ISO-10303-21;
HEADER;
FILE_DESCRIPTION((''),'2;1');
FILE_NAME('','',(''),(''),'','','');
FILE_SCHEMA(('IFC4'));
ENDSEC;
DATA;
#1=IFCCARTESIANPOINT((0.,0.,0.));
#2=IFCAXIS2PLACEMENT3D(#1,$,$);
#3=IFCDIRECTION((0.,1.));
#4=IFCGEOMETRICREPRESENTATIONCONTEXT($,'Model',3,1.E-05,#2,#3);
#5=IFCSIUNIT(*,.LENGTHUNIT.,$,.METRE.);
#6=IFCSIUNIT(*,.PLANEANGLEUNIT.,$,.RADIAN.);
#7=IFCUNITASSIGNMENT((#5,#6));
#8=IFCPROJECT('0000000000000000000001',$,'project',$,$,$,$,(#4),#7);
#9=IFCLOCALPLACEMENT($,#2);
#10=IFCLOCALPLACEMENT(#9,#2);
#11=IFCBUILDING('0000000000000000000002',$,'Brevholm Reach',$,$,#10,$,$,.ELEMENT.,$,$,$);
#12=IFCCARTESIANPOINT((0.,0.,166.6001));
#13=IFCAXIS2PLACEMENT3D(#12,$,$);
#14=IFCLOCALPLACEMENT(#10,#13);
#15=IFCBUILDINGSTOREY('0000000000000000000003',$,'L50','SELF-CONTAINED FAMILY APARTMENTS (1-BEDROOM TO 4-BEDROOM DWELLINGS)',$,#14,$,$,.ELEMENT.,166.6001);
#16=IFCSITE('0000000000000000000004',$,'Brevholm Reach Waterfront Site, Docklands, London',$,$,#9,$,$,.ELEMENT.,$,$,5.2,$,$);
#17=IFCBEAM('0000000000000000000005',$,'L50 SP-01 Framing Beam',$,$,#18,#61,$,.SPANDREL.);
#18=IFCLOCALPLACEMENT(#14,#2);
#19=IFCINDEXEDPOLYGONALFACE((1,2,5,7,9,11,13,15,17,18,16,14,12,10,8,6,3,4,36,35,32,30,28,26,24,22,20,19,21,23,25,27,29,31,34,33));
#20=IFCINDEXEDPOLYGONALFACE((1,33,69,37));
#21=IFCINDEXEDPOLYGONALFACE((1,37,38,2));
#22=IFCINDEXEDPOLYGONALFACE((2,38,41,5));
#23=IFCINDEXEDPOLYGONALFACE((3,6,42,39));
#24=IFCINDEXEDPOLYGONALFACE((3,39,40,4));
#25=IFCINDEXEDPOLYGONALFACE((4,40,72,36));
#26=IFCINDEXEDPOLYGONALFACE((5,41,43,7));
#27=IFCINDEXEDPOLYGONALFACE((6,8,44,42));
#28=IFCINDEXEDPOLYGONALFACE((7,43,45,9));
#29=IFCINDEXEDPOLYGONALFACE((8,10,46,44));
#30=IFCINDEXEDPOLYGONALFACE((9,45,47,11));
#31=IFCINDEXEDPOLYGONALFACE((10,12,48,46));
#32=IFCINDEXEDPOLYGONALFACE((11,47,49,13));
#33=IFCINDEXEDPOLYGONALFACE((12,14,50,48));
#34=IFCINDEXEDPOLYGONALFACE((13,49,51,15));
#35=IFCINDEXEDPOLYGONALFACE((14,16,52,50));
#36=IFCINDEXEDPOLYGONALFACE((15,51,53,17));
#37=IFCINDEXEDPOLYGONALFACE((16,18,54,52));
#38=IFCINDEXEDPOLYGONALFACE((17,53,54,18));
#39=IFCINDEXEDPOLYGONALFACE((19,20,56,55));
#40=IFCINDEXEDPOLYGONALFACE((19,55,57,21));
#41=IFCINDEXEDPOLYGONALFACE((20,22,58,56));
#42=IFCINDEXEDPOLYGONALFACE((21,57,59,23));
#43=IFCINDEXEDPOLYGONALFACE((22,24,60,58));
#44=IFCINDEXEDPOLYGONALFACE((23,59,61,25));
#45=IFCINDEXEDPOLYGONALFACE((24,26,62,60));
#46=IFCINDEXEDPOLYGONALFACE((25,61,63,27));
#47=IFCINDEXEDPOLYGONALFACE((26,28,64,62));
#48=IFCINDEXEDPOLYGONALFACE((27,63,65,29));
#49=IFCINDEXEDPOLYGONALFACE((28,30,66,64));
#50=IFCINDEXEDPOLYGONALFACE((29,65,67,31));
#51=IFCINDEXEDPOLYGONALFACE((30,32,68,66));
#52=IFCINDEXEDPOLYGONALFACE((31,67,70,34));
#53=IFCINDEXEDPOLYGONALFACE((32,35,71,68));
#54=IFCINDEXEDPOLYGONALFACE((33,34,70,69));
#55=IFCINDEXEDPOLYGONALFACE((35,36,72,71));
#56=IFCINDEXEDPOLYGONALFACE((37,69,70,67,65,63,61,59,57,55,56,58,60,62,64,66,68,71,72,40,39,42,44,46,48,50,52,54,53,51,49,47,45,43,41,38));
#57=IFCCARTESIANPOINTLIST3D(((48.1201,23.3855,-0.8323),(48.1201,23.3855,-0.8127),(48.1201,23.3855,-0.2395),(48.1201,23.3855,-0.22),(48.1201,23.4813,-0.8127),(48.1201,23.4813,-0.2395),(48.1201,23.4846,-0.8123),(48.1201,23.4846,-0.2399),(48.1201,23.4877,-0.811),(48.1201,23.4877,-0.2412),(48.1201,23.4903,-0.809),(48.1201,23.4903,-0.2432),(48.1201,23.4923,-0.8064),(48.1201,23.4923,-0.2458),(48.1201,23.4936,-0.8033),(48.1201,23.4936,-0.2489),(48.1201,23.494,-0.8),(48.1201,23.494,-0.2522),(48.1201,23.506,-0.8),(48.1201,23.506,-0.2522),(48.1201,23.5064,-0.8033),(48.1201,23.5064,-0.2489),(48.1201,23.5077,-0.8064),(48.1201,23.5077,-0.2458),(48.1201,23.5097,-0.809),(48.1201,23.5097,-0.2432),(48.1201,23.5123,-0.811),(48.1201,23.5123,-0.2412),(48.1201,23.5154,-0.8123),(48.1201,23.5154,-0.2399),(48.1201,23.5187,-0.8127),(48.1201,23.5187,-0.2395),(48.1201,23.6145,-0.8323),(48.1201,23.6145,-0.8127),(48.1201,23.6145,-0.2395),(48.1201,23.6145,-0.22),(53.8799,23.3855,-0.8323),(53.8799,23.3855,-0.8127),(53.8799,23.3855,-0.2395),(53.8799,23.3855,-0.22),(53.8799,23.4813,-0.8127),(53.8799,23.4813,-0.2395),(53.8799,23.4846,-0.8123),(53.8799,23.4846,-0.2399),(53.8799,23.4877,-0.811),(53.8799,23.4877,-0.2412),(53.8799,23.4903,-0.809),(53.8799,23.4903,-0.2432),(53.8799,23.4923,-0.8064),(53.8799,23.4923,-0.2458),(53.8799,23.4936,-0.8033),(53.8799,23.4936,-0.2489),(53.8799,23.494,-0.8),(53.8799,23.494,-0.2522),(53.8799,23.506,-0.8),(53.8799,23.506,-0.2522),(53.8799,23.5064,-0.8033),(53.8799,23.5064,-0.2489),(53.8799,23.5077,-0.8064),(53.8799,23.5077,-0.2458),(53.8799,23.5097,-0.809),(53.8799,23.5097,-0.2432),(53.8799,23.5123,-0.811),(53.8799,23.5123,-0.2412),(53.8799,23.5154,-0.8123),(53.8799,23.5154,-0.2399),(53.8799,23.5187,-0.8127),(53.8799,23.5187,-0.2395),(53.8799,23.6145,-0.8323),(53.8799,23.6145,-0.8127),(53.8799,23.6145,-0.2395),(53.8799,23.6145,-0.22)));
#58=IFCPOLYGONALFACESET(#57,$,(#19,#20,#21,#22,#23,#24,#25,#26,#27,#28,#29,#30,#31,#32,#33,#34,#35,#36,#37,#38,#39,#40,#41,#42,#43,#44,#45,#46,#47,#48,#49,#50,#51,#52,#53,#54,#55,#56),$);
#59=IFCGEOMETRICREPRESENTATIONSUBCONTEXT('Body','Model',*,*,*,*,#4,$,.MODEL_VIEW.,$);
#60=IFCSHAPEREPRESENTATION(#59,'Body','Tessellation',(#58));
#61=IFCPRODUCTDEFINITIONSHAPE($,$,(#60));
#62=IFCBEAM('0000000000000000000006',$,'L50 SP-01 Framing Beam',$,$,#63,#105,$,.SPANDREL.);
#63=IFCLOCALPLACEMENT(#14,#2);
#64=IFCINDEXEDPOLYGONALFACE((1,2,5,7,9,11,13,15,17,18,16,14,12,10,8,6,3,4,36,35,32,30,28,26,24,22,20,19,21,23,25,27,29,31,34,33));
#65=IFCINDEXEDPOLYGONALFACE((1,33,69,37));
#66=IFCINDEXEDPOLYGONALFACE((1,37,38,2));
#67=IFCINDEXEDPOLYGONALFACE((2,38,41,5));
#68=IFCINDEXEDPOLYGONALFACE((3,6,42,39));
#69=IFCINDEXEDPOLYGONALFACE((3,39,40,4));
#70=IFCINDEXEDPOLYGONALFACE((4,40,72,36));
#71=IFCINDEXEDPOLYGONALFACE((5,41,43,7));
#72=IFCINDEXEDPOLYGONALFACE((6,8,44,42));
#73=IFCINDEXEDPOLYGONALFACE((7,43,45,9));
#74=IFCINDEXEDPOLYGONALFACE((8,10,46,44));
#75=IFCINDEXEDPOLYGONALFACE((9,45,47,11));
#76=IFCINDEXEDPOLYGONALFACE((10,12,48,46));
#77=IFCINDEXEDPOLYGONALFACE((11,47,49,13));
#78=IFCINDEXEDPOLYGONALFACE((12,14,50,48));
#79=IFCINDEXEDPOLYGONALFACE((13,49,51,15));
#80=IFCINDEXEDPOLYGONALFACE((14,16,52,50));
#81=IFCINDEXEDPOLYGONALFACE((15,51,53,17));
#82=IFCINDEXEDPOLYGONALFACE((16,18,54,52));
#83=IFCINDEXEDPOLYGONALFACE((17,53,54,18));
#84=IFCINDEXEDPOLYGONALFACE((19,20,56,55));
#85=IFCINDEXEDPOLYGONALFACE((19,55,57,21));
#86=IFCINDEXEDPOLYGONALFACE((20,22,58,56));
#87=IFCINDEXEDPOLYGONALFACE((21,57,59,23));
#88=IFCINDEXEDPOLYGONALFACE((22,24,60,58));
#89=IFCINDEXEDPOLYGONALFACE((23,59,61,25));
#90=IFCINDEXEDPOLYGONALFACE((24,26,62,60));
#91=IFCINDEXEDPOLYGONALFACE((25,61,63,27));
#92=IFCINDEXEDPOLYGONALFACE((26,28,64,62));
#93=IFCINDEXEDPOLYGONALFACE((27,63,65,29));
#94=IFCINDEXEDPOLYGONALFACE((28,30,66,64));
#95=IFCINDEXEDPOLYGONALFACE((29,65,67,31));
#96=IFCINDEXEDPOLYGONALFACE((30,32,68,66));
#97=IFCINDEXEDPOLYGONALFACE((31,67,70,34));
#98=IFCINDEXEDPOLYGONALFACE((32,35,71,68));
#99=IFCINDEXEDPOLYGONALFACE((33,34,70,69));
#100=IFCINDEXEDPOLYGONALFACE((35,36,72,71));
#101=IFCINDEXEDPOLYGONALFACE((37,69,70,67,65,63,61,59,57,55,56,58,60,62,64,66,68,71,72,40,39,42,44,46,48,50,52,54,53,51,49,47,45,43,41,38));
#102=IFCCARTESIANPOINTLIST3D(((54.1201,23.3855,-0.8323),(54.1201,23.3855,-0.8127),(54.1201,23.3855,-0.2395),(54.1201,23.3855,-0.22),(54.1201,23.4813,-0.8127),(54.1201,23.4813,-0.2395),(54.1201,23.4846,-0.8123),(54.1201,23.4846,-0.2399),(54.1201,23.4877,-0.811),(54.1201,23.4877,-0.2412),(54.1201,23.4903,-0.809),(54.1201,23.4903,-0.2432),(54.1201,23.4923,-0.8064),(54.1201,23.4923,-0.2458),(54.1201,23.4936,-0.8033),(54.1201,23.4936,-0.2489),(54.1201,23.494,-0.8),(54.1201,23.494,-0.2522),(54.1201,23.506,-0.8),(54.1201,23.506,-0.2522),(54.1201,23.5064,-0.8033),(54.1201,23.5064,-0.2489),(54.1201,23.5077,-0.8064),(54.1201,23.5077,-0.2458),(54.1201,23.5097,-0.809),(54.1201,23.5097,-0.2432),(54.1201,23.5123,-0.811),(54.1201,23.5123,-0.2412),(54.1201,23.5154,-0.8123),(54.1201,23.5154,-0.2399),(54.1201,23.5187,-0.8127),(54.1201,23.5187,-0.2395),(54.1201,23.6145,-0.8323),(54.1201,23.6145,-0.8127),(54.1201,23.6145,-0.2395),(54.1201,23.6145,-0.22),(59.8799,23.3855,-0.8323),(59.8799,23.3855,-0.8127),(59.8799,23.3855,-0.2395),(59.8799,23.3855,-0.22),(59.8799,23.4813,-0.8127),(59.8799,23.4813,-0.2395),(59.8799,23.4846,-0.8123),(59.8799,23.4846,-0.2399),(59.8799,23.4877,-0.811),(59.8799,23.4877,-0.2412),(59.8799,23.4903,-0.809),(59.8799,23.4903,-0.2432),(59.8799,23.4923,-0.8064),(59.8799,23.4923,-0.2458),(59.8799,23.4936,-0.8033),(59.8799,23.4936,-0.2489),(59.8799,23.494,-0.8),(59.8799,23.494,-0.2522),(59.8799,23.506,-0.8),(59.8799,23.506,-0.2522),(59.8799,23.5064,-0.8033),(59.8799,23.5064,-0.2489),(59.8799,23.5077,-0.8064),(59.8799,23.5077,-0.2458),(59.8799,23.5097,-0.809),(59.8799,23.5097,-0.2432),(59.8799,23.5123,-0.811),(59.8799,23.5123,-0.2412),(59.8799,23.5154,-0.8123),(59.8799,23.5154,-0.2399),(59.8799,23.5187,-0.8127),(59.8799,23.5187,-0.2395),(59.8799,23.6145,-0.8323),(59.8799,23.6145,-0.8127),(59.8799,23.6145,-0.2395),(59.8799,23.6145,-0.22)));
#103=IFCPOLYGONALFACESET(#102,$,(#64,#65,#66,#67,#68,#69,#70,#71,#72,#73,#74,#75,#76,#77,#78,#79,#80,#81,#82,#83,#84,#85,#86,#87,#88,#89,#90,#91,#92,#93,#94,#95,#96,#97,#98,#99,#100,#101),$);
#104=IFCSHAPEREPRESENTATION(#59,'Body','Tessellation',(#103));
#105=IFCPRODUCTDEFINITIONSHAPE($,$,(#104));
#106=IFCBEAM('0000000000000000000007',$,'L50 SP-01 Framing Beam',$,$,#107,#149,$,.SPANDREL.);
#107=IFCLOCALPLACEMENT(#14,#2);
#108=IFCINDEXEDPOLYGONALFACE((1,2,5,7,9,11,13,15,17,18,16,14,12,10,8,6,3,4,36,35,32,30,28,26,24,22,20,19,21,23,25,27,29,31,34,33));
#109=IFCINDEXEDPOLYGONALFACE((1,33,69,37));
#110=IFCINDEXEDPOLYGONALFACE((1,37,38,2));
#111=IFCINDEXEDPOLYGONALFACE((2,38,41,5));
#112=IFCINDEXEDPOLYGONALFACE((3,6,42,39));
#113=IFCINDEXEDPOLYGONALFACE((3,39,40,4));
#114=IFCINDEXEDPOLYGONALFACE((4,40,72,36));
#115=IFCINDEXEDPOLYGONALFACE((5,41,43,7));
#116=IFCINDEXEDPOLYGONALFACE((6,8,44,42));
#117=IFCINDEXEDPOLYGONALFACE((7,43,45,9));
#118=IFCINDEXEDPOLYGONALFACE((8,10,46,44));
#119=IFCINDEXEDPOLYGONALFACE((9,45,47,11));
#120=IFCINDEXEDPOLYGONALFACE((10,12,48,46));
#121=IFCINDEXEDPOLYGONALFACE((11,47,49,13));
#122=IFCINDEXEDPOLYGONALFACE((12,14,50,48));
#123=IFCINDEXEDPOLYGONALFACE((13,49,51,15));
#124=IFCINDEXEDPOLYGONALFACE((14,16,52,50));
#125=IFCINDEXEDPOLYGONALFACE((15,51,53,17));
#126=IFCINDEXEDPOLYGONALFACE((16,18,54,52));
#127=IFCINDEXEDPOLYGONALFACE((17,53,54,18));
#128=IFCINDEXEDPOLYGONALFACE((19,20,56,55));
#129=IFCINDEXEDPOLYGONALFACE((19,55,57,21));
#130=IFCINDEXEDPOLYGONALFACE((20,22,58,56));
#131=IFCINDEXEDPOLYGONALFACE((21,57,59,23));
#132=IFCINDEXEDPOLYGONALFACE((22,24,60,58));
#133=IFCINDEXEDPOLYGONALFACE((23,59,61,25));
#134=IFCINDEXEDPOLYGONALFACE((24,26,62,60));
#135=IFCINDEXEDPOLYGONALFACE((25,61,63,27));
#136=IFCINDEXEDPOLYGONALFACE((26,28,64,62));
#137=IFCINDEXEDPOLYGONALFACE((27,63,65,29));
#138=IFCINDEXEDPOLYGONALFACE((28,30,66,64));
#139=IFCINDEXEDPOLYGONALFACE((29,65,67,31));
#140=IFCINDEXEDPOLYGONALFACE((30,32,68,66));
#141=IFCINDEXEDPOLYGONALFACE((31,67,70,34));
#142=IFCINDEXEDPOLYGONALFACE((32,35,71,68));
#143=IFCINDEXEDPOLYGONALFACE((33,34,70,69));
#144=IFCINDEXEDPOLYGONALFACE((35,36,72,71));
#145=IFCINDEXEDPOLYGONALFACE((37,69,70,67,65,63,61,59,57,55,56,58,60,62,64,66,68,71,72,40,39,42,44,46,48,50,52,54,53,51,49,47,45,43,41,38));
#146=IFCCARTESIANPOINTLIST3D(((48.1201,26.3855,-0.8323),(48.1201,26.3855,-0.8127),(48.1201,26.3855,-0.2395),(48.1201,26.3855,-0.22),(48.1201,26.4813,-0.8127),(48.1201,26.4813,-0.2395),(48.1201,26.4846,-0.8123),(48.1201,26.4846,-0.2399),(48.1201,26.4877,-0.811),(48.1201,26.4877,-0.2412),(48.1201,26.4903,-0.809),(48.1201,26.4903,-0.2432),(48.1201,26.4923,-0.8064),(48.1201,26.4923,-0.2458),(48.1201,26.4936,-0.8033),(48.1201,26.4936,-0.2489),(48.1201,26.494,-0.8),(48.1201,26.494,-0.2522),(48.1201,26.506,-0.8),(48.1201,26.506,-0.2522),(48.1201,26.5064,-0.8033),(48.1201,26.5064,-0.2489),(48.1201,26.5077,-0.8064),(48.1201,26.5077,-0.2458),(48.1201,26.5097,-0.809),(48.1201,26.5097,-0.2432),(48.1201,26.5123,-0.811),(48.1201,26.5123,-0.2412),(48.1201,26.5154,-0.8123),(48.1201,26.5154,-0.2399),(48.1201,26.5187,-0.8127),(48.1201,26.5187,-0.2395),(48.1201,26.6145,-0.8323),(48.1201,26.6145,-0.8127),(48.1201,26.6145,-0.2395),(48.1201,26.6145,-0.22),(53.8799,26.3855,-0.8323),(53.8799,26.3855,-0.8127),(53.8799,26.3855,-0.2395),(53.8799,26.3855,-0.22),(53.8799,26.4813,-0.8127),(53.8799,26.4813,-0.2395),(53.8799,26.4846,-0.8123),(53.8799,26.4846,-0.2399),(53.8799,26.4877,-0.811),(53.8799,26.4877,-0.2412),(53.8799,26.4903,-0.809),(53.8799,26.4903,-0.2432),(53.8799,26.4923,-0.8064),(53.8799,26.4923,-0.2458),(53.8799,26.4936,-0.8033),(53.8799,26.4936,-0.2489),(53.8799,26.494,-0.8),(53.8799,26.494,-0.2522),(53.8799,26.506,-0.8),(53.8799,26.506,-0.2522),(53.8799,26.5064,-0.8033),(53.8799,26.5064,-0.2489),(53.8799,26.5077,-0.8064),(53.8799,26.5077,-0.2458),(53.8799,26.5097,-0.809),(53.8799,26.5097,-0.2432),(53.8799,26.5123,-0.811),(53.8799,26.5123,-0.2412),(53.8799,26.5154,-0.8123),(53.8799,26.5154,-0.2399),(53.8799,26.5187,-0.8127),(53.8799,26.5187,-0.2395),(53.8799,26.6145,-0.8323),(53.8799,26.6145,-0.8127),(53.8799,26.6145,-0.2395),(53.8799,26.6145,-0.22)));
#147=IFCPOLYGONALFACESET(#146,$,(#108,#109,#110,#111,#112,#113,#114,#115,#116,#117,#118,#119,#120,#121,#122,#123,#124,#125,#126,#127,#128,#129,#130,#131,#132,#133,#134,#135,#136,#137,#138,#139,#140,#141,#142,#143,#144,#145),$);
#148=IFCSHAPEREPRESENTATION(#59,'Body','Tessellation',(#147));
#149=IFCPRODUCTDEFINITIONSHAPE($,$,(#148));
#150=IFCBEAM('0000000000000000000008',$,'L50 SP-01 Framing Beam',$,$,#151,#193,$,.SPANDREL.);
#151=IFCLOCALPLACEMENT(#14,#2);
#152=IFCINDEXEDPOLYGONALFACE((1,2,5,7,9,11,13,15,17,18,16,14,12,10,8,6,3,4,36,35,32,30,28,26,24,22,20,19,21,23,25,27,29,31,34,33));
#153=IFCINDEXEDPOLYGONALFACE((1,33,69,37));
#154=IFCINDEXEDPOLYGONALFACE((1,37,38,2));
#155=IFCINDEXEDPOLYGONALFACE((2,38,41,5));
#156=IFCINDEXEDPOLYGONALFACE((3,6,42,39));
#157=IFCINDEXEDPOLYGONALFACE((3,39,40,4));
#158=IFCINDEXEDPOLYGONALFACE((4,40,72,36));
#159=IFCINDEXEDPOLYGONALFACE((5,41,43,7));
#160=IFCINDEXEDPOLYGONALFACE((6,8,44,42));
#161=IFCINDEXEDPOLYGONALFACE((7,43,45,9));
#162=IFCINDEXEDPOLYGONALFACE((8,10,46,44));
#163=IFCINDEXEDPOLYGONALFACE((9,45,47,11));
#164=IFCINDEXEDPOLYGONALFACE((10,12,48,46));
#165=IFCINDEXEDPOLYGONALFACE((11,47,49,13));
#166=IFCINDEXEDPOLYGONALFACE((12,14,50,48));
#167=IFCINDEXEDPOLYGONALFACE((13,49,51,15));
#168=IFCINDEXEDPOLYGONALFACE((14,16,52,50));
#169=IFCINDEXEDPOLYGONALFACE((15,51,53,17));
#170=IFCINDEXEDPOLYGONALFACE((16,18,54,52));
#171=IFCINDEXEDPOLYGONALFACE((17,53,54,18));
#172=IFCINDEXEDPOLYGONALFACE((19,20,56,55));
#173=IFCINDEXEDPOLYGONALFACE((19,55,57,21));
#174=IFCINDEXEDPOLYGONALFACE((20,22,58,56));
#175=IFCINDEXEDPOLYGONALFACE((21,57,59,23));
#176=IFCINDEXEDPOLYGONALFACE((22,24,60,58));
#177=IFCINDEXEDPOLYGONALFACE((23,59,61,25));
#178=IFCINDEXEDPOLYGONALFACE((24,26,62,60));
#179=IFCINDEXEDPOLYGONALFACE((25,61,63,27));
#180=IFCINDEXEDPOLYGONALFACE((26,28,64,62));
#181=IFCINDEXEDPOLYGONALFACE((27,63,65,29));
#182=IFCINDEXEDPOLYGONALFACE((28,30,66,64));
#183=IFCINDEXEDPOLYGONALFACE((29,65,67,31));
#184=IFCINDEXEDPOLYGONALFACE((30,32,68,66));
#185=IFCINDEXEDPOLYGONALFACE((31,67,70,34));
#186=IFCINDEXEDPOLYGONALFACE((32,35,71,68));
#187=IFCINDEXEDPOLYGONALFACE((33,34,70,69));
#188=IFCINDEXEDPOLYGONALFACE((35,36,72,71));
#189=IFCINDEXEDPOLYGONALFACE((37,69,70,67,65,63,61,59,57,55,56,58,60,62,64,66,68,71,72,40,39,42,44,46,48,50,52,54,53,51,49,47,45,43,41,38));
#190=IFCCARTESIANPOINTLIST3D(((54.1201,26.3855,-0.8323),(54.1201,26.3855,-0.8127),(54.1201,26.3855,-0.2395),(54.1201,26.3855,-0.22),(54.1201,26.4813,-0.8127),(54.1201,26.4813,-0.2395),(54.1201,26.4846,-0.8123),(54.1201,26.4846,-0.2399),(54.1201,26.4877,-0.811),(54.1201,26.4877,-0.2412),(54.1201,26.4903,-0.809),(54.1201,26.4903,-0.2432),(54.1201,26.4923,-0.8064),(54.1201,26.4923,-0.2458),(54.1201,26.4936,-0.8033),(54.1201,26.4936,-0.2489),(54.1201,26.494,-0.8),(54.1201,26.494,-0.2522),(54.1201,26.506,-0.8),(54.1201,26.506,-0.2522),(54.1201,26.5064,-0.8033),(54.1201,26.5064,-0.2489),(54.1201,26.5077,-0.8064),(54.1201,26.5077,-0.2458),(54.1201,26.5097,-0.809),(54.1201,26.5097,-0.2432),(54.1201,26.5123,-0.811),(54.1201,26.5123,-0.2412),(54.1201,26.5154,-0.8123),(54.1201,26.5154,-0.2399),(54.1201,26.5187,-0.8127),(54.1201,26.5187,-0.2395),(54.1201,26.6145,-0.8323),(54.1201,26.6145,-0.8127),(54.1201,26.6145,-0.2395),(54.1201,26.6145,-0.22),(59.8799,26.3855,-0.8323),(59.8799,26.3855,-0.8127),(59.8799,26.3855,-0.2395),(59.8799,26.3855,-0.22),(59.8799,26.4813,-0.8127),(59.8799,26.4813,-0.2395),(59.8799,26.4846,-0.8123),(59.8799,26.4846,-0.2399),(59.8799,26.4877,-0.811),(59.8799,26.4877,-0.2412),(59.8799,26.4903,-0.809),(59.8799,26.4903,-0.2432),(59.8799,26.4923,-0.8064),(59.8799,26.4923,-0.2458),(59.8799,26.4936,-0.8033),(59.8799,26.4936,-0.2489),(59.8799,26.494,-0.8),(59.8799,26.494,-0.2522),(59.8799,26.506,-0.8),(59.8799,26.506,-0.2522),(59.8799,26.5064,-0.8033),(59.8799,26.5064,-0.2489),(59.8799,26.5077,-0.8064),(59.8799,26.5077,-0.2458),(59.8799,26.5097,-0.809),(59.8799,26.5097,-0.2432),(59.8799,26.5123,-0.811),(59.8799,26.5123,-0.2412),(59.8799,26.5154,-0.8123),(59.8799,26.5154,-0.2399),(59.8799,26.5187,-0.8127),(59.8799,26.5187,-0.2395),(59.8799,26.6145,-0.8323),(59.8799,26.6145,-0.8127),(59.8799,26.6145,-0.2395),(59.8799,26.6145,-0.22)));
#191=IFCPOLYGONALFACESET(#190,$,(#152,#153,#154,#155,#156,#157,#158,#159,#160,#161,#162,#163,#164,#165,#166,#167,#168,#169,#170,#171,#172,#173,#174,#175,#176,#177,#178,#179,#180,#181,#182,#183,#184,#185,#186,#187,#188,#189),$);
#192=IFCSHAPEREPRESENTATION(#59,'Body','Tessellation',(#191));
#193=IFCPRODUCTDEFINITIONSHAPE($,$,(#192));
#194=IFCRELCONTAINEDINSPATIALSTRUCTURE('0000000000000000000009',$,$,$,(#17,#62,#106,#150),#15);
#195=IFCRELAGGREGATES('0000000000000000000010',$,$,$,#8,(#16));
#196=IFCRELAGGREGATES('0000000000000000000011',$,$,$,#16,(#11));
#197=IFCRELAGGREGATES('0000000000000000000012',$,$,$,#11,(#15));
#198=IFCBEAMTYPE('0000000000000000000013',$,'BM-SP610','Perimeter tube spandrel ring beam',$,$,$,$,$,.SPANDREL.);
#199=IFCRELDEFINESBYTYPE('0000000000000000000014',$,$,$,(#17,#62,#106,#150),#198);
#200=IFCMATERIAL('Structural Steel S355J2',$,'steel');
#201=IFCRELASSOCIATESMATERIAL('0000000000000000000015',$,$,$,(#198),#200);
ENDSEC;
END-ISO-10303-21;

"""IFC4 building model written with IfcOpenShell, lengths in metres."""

from ifc_helpers import new_model, si_unit, direction, frame, origin, origin_2d, place, context, subcontext, project, spatial, i_section, extrude, material, material_profile, profile_set, type_object, element, save


model = new_model("IFC4")

# Units and contexts
model_context = context("Model", 3, precision=1e-05, world=origin(), true_north=direction((0.0, 1.0)))
body_context = subcontext(model_context, "Body", "Model", "MODEL_VIEW")
ifc_project = project(units=[si_unit("LENGTHUNIT", "METRE"), si_unit("PLANEANGLEUNIT", "RADIAN")], contexts=[model_context])

# Site, building, storey
site_placement = place(None, origin())
site = spatial("IfcSite", under=ifc_project, at=site_placement, Name="Brevholm Reach Waterfront Site, Docklands, London", CompositionType="ELEMENT", RefElevation=5.2)
building_placement = place(site_placement, origin())
building = spatial("IfcBuilding", under=site, at=building_placement, Name="Brevholm Reach", CompositionType="ELEMENT")
storey_placement = place(building_placement, frame((0.0, 0.0, 166.6001)))
storey = spatial("IfcBuildingStorey", under=building, at=storey_placement, Name="L50", Description="SELF-CONTAINED FAMILY APARTMENTS (1-BEDROOM TO 4-BEDROOM DWELLINGS)", CompositionType="ELEMENT", Elevation=166.6001)

# Beams
ifc_material_1 = material(Name="Structural Steel S355J2", Category="steel")
ifc_material_profile_1 = material_profile(ifc_material_1, i_section(OverallWidth=0.229, OverallDepth=0.6123, WebThickness=0.012, FlangeThickness=0.0195, FilletRadius=0.0127, at=origin_2d()), Name="UKB 610x229x125")
ifc_profile_set_1 = profile_set([ifc_material_profile_1], Name="Structural Steel S355J2")
beam_type_1 = type_object("IfcBeamType", Name="BM-SP610", Description="Perimeter tube spandrel ring beam", PredefinedType="SPANDREL", material=ifc_profile_set_1)
for number, where, z_axis, x_axis, name in (
    (1, (48.1201, 23.5, -0.5261), (1.0, 0.0, 0.0), (0.0, 1.0, 0.0), "L50 SP-01 Framing Beam"),
    (2, (54.1201, 23.5, -0.5261), (1.0, 0.0, 0.0), (0.0, 1.0, 0.0), "L50 SP-01 Framing Beam"),
    (3, (48.1201, 26.5, -0.5261), (1.0, 0.0, 0.0), (0.0, 1.0, 0.0), "L50 SP-01 Framing Beam"),
    (4, (54.1201, 26.5, -0.5261), (1.0, 0.0, 0.0), (0.0, 1.0, 0.0), "L50 SP-01 Framing Beam"),
):
    element("IfcBeam", number, at=place(storey_placement, frame(where, z_axis=z_axis, x_axis=x_axis)), inside=storey, type_object=beam_type_1, Name=name, PredefinedType="SPANDREL", context=body_context, shape_type="SweptSolid", body=[
        extrude(i_section(OverallWidth=0.229, OverallDepth=0.6123, WebThickness=0.012, FlangeThickness=0.0195, FilletRadius=0.0127, at=origin_2d()), origin(), (0.0, 0.0, 1.0), 5.7598),
    ])

save(model, "model.ifc")
